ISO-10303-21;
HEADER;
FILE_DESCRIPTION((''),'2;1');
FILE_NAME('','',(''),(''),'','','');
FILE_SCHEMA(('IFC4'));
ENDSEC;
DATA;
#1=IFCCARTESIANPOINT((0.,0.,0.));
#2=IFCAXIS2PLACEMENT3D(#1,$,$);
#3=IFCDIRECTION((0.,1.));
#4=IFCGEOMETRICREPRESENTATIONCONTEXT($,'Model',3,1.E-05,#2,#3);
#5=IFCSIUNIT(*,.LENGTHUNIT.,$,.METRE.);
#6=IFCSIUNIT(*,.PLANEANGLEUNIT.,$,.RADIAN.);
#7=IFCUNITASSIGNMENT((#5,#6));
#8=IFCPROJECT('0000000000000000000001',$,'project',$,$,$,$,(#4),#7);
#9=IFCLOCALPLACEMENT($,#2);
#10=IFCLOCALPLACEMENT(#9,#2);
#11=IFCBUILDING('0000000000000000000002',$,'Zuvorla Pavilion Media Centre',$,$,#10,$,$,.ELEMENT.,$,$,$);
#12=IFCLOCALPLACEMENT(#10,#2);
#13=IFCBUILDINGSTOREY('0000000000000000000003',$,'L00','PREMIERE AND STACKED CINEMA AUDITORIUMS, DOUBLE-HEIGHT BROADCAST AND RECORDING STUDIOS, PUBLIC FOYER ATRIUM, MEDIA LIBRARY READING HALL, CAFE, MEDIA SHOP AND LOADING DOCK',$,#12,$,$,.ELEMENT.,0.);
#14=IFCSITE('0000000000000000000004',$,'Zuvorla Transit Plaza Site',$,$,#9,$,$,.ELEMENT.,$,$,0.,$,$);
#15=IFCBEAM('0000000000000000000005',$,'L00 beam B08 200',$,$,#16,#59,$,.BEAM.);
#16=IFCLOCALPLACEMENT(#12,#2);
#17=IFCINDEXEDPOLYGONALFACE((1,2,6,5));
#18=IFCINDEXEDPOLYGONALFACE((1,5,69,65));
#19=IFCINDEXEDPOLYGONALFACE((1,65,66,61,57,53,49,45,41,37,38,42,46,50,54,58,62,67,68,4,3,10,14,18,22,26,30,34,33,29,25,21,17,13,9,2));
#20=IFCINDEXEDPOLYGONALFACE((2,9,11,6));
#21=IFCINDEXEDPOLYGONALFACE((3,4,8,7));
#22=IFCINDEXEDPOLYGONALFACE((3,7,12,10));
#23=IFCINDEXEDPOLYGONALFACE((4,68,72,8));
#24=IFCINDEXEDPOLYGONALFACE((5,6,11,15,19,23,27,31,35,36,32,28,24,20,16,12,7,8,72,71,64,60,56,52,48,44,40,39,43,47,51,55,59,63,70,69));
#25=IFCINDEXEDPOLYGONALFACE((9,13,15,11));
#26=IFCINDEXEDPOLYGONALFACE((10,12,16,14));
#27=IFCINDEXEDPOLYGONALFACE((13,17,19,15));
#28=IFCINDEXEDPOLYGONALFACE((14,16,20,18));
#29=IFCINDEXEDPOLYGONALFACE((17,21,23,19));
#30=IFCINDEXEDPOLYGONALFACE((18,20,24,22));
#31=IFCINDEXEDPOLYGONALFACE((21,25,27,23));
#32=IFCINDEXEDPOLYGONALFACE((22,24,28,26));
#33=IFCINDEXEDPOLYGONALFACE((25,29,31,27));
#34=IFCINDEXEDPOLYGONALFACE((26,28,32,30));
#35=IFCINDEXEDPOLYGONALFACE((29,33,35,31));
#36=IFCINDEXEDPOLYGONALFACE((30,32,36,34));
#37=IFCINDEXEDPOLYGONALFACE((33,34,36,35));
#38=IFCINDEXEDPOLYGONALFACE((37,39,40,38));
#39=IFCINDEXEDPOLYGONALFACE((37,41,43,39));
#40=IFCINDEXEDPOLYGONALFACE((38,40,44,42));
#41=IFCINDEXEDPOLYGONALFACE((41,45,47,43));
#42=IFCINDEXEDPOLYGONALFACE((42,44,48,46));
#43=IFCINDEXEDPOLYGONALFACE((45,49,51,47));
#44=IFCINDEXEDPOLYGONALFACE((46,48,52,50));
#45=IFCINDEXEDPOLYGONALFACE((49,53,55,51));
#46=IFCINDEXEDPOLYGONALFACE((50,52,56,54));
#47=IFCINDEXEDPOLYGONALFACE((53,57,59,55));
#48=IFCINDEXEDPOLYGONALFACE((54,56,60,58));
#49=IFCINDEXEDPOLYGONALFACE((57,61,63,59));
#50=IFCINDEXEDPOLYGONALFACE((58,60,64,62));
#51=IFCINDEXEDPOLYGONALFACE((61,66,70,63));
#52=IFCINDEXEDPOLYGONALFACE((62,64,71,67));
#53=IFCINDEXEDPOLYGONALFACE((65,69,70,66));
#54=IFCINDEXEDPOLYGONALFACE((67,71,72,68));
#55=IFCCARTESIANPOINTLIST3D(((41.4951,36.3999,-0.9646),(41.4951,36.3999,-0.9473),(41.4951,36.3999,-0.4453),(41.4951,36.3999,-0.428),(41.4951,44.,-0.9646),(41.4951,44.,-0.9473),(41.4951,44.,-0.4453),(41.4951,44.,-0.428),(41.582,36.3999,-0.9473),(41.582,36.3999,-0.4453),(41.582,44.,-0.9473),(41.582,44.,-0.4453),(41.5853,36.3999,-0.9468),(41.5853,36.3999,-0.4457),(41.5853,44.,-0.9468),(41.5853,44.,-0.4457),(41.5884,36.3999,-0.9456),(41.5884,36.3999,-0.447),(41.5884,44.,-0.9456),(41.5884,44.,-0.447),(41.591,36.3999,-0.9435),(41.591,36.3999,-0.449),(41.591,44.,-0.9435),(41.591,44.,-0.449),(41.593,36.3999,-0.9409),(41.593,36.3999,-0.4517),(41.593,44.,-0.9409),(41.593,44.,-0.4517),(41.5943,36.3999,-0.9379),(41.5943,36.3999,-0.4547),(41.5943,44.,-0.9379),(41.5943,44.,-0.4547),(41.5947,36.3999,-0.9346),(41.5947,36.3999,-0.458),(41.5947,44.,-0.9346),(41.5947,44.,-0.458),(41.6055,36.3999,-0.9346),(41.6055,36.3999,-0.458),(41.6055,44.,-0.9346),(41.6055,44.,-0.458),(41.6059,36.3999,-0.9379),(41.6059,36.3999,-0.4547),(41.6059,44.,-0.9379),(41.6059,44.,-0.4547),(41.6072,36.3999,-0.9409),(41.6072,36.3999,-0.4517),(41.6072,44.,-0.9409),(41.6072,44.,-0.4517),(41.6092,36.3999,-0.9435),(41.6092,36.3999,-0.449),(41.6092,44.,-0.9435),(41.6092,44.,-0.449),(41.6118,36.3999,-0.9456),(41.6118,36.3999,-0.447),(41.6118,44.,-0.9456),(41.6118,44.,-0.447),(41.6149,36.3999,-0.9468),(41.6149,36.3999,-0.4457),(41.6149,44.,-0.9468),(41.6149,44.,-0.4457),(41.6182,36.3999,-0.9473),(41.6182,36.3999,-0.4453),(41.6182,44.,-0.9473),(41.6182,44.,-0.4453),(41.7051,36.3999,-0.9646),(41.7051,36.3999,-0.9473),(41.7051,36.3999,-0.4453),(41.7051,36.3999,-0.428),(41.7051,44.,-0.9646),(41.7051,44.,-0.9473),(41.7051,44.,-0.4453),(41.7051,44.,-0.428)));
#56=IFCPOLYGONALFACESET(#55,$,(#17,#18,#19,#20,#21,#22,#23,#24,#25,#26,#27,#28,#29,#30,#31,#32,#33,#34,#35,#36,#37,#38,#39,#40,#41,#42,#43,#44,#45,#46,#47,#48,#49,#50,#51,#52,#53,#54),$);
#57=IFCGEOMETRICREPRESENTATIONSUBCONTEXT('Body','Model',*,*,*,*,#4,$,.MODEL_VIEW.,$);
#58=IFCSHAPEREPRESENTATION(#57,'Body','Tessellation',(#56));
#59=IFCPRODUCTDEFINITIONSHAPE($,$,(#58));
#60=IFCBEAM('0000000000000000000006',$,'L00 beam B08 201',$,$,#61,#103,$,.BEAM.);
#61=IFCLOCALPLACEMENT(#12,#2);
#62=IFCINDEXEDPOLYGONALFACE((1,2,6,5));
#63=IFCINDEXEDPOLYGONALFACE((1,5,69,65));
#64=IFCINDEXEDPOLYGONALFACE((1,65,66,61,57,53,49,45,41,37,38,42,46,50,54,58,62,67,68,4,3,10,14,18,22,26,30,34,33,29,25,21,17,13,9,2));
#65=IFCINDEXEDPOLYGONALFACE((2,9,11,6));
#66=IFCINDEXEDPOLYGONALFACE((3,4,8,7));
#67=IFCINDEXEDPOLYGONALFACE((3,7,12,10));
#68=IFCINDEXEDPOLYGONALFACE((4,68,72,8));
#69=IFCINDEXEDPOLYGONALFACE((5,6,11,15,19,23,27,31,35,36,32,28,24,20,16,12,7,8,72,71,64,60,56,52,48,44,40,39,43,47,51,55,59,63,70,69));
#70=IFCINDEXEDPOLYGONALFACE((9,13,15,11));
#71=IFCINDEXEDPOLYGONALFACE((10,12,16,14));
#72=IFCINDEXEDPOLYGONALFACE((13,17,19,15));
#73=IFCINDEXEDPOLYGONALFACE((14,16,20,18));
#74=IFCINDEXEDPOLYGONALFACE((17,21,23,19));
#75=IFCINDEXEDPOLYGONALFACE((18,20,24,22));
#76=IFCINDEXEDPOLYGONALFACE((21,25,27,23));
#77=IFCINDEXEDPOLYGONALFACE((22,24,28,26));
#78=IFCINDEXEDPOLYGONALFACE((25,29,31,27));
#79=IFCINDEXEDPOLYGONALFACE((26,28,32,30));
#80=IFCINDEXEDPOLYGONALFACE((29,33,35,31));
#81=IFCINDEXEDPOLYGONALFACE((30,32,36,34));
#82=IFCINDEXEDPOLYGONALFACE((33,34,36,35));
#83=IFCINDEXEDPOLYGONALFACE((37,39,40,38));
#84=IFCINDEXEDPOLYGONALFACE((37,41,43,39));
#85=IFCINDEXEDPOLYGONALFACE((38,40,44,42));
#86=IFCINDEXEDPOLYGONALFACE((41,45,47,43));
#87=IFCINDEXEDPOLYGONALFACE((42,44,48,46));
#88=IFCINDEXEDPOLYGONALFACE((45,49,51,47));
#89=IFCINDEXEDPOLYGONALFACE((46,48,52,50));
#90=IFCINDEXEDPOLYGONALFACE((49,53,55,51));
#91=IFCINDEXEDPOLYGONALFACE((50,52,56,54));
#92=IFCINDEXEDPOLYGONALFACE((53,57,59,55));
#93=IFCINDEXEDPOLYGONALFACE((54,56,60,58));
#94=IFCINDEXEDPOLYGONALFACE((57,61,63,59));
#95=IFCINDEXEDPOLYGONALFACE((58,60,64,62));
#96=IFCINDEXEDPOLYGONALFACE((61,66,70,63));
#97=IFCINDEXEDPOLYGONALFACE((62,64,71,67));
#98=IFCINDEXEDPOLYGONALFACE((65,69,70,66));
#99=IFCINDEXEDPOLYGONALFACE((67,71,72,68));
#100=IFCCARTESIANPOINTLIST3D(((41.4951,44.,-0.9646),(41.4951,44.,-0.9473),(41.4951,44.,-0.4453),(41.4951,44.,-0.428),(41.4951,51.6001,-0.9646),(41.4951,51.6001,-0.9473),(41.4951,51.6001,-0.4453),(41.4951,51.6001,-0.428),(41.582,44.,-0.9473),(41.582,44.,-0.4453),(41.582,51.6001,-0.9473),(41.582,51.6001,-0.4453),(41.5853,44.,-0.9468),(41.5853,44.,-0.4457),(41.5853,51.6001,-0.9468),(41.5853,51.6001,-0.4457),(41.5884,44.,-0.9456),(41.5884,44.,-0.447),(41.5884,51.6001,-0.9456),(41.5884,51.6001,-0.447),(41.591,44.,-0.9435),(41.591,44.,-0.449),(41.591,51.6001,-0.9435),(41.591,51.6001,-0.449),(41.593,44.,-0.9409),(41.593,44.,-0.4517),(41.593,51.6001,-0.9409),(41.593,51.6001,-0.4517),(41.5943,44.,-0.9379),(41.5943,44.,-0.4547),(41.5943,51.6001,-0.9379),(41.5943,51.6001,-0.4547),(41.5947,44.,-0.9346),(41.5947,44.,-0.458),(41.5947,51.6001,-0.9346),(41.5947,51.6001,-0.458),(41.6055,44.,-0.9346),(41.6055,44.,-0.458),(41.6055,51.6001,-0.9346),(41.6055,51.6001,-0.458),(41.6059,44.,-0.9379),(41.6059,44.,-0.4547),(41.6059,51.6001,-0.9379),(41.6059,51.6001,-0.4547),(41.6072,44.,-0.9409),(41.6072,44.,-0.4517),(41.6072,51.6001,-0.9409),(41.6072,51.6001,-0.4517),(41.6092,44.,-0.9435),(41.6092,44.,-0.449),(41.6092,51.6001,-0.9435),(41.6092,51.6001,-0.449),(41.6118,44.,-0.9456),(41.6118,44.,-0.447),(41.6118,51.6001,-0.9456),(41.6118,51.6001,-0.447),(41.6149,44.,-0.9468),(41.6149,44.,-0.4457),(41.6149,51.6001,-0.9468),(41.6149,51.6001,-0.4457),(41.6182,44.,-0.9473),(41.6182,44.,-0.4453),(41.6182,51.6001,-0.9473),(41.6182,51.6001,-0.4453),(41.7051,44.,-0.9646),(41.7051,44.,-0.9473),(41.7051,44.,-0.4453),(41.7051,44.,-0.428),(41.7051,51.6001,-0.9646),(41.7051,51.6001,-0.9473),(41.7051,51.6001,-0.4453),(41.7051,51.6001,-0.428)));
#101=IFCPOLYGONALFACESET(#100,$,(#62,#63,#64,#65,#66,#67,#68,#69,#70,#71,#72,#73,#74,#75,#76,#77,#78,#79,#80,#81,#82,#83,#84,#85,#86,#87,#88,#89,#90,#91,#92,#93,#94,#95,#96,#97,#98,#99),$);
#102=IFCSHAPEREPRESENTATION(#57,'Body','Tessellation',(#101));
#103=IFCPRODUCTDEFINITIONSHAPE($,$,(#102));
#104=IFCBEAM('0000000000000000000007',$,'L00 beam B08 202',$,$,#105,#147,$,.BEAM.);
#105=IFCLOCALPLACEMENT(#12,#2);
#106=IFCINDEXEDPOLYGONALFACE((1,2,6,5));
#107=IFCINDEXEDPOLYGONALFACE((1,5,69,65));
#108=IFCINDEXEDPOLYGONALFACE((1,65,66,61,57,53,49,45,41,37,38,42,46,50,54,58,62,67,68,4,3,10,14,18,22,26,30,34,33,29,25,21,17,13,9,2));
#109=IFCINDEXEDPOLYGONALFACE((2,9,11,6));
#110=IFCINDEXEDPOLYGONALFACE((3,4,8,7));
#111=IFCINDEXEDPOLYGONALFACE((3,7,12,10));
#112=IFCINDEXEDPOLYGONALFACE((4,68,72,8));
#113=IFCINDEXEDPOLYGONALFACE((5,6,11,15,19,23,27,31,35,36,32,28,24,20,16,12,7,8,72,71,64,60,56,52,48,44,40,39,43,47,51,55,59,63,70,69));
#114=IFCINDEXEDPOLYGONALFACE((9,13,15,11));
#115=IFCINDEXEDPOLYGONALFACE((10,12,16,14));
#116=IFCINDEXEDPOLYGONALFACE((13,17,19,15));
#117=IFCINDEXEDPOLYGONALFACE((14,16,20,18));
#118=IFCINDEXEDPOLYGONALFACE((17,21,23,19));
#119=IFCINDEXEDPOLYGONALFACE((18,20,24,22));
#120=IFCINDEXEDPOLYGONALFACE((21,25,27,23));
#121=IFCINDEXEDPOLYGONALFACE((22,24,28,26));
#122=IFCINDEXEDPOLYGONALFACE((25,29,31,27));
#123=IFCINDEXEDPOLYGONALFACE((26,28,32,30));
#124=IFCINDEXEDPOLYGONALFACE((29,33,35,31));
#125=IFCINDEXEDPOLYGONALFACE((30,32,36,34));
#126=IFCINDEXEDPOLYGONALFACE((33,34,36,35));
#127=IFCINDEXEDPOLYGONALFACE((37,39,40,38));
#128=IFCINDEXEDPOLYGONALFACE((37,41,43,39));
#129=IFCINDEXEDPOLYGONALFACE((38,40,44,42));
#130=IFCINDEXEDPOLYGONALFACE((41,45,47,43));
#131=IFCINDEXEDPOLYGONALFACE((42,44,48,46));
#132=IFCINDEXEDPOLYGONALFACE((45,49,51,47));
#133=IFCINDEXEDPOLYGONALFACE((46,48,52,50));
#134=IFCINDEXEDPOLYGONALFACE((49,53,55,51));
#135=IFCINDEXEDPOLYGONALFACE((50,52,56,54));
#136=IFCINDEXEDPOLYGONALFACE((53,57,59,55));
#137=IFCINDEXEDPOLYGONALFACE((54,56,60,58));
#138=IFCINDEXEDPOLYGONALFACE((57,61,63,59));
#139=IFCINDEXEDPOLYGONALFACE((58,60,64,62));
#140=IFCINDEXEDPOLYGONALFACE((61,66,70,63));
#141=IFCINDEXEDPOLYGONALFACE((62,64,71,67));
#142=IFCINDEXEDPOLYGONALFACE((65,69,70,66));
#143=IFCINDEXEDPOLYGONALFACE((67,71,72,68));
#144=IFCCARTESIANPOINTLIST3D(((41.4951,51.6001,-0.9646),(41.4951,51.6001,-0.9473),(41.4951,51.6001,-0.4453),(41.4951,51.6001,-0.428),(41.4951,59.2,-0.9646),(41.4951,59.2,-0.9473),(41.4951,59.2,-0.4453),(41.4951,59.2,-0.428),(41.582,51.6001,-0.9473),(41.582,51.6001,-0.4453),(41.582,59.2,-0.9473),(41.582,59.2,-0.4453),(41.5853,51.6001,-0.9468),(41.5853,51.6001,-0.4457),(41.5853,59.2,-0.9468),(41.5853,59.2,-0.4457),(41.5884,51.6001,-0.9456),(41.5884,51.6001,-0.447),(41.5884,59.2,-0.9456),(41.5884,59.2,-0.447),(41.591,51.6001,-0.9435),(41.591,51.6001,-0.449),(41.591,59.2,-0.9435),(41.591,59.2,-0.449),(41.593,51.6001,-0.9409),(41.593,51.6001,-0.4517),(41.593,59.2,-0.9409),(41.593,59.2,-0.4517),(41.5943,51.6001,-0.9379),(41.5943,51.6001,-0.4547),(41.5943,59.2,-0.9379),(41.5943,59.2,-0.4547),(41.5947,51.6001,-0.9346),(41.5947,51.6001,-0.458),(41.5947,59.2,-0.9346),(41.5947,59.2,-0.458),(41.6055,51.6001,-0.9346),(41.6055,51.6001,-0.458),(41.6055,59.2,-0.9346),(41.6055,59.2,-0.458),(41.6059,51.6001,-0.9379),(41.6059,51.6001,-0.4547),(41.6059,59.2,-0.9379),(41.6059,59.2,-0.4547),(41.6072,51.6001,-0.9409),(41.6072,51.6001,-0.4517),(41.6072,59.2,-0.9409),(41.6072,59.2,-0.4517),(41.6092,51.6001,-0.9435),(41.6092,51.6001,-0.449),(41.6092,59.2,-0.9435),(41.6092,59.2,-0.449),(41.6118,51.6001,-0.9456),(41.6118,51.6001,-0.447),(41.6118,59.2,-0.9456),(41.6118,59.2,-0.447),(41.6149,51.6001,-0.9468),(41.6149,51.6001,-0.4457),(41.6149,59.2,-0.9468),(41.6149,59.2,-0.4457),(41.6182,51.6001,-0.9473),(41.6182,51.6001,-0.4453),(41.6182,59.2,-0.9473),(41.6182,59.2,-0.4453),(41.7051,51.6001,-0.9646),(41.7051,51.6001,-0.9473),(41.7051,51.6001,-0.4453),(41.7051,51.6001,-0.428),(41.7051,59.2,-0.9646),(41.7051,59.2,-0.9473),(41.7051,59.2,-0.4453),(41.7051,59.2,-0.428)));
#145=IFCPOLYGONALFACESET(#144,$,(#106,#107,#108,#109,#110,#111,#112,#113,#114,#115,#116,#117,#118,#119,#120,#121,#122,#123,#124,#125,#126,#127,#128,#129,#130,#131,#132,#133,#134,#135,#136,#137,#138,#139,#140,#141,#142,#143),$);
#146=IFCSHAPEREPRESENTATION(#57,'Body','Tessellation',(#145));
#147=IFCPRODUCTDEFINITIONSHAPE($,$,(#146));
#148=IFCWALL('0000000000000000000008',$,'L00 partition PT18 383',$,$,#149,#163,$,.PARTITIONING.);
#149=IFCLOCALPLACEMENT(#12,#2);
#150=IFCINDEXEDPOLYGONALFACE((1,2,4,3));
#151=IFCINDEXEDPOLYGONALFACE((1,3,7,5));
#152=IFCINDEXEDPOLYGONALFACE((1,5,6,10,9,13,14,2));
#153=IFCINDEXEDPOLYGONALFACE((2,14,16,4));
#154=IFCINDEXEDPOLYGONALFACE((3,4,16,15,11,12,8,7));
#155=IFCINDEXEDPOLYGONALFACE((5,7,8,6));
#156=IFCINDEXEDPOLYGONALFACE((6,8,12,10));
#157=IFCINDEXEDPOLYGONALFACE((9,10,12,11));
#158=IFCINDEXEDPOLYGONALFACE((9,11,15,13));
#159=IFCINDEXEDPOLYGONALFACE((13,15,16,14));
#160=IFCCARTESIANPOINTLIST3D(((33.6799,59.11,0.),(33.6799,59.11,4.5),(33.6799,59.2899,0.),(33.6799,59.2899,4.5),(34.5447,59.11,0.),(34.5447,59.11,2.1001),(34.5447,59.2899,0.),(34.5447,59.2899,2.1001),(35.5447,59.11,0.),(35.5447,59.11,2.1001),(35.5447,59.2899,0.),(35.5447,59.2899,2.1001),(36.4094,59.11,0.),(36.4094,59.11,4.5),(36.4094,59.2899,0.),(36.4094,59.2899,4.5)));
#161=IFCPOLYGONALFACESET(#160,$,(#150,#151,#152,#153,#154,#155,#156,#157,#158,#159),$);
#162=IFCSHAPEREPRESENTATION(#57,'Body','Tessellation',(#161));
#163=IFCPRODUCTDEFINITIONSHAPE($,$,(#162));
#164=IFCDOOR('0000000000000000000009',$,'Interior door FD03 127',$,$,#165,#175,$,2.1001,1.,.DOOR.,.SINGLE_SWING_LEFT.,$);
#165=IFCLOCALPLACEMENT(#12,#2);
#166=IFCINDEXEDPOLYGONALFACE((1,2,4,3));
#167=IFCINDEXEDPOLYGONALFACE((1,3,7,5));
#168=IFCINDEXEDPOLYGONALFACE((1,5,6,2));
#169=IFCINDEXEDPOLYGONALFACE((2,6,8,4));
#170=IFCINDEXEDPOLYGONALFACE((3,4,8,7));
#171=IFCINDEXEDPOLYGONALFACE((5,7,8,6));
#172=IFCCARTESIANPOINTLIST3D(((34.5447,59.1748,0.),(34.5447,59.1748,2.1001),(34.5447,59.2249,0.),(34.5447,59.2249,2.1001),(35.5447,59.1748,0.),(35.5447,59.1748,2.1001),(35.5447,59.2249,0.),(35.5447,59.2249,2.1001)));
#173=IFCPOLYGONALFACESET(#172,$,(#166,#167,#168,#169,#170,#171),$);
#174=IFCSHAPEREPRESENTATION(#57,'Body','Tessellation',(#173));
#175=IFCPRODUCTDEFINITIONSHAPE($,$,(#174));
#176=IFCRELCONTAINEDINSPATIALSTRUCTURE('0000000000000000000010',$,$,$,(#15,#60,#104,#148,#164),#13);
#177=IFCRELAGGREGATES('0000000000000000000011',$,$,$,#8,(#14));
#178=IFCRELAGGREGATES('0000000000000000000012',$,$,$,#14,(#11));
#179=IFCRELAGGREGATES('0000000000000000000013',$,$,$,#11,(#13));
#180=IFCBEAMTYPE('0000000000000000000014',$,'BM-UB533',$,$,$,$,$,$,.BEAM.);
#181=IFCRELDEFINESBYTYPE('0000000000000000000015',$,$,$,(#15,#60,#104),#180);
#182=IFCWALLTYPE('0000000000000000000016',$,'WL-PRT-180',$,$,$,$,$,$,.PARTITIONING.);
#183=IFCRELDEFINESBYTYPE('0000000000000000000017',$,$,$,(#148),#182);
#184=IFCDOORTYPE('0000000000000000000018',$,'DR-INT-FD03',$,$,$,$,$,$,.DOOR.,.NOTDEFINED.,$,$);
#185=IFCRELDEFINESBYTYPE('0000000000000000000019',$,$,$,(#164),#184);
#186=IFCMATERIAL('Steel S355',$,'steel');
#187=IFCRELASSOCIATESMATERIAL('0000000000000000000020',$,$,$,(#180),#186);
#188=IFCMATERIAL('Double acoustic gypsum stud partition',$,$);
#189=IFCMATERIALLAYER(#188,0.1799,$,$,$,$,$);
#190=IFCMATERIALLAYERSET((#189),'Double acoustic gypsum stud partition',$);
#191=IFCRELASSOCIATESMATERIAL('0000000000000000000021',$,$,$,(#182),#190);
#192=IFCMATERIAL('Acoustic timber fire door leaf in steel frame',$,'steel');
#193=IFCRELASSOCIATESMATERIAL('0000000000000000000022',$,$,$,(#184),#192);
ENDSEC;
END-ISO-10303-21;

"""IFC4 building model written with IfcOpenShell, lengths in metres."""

from ifc_helpers import new_model, si_unit, direction, frame, frame_2d, origin, origin_2d, place, context, subcontext, project, spatial, rectangle, i_section, extrude, material, layer, layer_set, material_profile, profile_set, type_object, element, fill, save


model = new_model("IFC4")

# Units and contexts
model_context = context("Model", 3, precision=1e-05, world=origin(), true_north=direction((0.0, 1.0)))
body_context = subcontext(model_context, "Body", "Model", "MODEL_VIEW")
ifc_project = project(units=[si_unit("LENGTHUNIT", "METRE"), si_unit("PLANEANGLEUNIT", "RADIAN")], contexts=[model_context])

# Site, building, storey
site_placement = place(None, origin())
site = spatial("IfcSite", under=ifc_project, at=site_placement, Name="Zuvorla Transit Plaza Site", CompositionType="ELEMENT", RefElevation=0.0)
building_placement = place(site_placement, origin())
building = spatial("IfcBuilding", under=site, at=building_placement, Name="Zuvorla Pavilion Media Centre", CompositionType="ELEMENT")
storey_placement = place(building_placement, origin())
storey = spatial("IfcBuildingStorey", under=building, at=storey_placement, Name="L00", Description="PREMIERE AND STACKED CINEMA AUDITORIUMS, DOUBLE-HEIGHT BROADCAST AND RECORDING STUDIOS, PUBLIC FOYER ATRIUM, MEDIA LIBRARY READING HALL, CAFE, MEDIA SHOP AND LOADING DOCK", CompositionType="ELEMENT", Elevation=0.0)

# Beams
ifc_material_1 = material(Name="Steel S355", Category="steel")
ifc_material_profile_1 = material_profile(ifc_material_1, i_section(OverallWidth=0.21, OverallDepth=0.5366, WebThickness=0.0107, FlangeThickness=0.0173, FilletRadius=0.0127, at=origin_2d()), Name="UB 533x210x101")
ifc_profile_set_1 = profile_set([ifc_material_profile_1], Name="Steel S355")
beam_type_1 = type_object("IfcBeamType", Name="BM-UB533", PredefinedType="BEAM", material=ifc_profile_set_1)
for number, where, z_axis, x_axis, name in (
    (1, (41.6001, 36.3999, -0.6963), (0.0, 1.0, 0.0), (-1.0, 0.0, 0.0), "L00 beam B08 200"),
    (2, (41.6001, 44.0, -0.6963), (0.0, 1.0, 0.0), (-1.0, 0.0, 0.0), "L00 beam B08 201"),
):
    element("IfcBeam", number, at=place(storey_placement, frame(where, z_axis=z_axis, x_axis=x_axis)), inside=storey, type_object=beam_type_1, Name=name, PredefinedType="BEAM", context=body_context, shape_type="SweptSolid", body=[
        extrude(i_section(OverallWidth=0.21, OverallDepth=0.5366, WebThickness=0.0107, FlangeThickness=0.0173, FilletRadius=0.0127, at=origin_2d()), origin(), (0.0, 0.0, 1.0), 7.6001),
    ])
beam_1_placement = place(storey_placement, frame((41.6001, 51.6001, -0.6963), z_axis=(0.0, 1.0, 0.0), x_axis=(-1.0, 0.0, 0.0)))
element("IfcBeam", 3, at=beam_1_placement, inside=storey, type_object=beam_type_1, Name="L00 beam B08 202", PredefinedType="BEAM", context=body_context, shape_type="SweptSolid", body=[
    extrude(i_section(OverallWidth=0.21, OverallDepth=0.5366, WebThickness=0.0107, FlangeThickness=0.0173, FilletRadius=0.0127, at=origin_2d()), origin(), (0.0, 0.0, 1.0), 7.5999),
])

# Wall, opening, door
ifc_material_2 = material(Name="Double acoustic gypsum stud partition")
ifc_layer = layer(ifc_material_2, 0.1799)
ifc_layer_set = layer_set([ifc_layer], Name="Double acoustic gypsum stud partition")
wall_type = type_object("IfcWallType", Name="WL-PRT-180", PredefinedType="PARTITIONING", material=ifc_layer_set)
wall_1_placement = place(storey_placement, frame((33.6799, 59.2, 0.0), z_axis=(0.0, 0.0, 1.0), x_axis=(1.0, 0.0, 0.0)))
wall_1 = element("IfcWall", 4, at=wall_1_placement, inside=storey, type_object=wall_type, Name="L00 partition PT18 383", PredefinedType="PARTITIONING", context=body_context, shape_type="SweptSolid", body=[
    extrude(rectangle(XDim=2.7295, YDim=0.1799, at=frame_2d((1.3647, 0.0))), origin(), (0.0, 0.0, 1.0), 4.5),
])
opening_1_placement = place(wall_1_placement, frame((0.8647, 0.0, 0.0)))
opening_1 = element("IfcOpeningElement", 5, at=opening_1_placement, cuts=wall_1, PredefinedType="OPENING", context=body_context, shape_type="SweptSolid", body=[
    extrude(rectangle(XDim=1.0, YDim=2.1001, at=frame_2d((0.5, 1.05))), frame((0.0, 0.0999, 0.0), z_axis=(0.0, -1.0, 0.0), x_axis=(1.0, 0.0, 0.0)), (0.0, 0.0, 1.0), 0.2),
])
ifc_material_3 = material(Name="Acoustic timber fire door leaf in steel frame", Category="steel")
door_type_1 = type_object("IfcDoorType", Name="DR-INT-FD03", OperationType="NOTDEFINED", PredefinedType="DOOR", material=ifc_material_3)
door_1_placement = place(opening_1_placement, origin())
door_1 = element("IfcDoor", 6, at=door_1_placement, inside=storey, type_object=door_type_1, Name="Interior door FD03 127", OperationType="SINGLE_SWING_LEFT", OverallHeight=2.1001, OverallWidth=1.0, PredefinedType="DOOR", context=body_context, shape_type="SweptSolid", body=[
    extrude(rectangle(XDim=1.0, YDim=2.1001, at=frame_2d((0.5, 1.05))), frame((0.0, 0.0249, 0.0), z_axis=(0.0, -1.0, 0.0), x_axis=(1.0, 0.0, 0.0)), (0.0, 0.0, 1.0), 0.05),
])
fill(opening_1, door_1)

save(model, "model.ifc")
